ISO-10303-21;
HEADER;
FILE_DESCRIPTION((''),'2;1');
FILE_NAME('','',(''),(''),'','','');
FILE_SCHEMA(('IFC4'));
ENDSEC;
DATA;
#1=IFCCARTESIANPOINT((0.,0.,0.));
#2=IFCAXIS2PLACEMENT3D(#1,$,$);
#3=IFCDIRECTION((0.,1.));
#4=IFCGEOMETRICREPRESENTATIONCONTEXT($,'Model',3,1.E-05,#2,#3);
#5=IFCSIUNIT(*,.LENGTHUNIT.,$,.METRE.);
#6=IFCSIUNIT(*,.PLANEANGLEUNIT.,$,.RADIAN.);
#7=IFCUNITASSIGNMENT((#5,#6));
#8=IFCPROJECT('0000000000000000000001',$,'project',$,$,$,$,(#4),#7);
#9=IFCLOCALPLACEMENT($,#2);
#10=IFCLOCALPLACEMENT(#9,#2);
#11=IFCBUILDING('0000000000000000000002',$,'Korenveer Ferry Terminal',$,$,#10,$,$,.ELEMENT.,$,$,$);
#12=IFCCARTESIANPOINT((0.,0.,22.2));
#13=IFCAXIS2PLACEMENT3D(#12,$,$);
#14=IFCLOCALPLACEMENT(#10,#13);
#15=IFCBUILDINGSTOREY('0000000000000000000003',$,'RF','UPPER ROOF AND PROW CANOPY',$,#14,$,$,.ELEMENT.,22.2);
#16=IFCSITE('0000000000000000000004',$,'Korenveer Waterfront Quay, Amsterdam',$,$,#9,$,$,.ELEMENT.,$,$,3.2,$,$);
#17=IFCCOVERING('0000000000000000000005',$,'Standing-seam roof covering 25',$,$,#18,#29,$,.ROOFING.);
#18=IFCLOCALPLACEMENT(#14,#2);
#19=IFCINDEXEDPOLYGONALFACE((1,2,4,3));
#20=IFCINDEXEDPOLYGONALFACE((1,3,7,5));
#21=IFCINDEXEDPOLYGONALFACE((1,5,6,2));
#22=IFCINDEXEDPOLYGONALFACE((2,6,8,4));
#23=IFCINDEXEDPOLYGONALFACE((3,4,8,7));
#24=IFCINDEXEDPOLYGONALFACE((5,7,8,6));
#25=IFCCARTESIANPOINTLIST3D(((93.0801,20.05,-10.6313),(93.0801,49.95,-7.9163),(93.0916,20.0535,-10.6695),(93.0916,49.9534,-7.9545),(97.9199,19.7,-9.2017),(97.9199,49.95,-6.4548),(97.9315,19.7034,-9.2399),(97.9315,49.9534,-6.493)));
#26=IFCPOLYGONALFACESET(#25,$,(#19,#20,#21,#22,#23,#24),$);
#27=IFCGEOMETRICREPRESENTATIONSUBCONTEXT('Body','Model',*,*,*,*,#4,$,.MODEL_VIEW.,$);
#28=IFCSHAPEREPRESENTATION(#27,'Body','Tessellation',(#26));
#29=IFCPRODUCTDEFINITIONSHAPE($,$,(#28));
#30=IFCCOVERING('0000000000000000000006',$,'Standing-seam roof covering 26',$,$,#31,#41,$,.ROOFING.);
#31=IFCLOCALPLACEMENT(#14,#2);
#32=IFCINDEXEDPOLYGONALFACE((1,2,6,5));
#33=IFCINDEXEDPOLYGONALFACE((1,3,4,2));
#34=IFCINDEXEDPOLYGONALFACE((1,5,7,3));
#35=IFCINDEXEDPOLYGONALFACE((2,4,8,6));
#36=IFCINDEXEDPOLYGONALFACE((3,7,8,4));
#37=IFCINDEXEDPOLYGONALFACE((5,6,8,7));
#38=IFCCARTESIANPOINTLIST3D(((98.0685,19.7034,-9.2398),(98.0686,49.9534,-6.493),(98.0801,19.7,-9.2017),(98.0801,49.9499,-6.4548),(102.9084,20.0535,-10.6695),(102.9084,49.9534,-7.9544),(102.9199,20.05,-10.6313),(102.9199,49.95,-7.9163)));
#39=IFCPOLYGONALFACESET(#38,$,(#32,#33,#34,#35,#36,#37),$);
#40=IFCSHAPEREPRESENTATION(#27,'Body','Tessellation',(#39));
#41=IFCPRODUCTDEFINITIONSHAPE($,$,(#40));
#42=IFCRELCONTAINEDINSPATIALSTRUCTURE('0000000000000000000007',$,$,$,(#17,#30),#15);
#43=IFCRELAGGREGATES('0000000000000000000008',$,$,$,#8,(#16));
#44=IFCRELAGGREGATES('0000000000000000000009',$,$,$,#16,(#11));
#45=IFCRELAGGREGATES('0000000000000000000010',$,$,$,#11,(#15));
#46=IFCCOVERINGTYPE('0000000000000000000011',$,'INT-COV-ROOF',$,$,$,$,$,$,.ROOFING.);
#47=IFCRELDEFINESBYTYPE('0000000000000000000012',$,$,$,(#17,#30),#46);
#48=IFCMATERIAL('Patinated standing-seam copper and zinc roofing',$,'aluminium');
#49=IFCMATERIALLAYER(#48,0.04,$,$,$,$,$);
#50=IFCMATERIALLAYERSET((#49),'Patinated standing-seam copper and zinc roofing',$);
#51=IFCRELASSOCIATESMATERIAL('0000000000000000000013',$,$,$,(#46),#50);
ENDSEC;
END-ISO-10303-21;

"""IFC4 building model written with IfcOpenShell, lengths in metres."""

from ifc_helpers import new_model, si_unit, direction, frame, origin, place, context, subcontext, project, spatial, polyline, outline, extrude, material, layer, layer_set, type_object, element, save


model = new_model("IFC4")

# Units and contexts
model_context = context("Model", 3, precision=1e-05, world=origin(), true_north=direction((0.0, 1.0)))
body_context = subcontext(model_context, "Body", "Model", "MODEL_VIEW")
ifc_project = project(units=[si_unit("LENGTHUNIT", "METRE"), si_unit("PLANEANGLEUNIT", "RADIAN")], contexts=[model_context])

# Site, building, storey
site_placement = place(None, origin())
site = spatial("IfcSite", under=ifc_project, at=site_placement, Name="Korenveer Waterfront Quay, Amsterdam", CompositionType="ELEMENT", RefElevation=3.2)
building_placement = place(site_placement, origin())
building = spatial("IfcBuilding", under=site, at=building_placement, Name="Korenveer Ferry Terminal", CompositionType="ELEMENT")
storey_placement = place(building_placement, frame((0.0, 0.0, 22.2)))
storey = spatial("IfcBuildingStorey", under=building, at=storey_placement, Name="RF", Description="UPPER ROOF AND PROW CANOPY", CompositionType="ELEMENT", Elevation=22.2)

# Coverings
ifc_material_1 = material(Name="Patinated standing-seam copper and zinc roofing", Category="aluminium")
ifc_layer_1 = layer(ifc_material_1, 0.04)
ifc_layer_set_1 = layer_set([ifc_layer_1], Name="Patinated standing-seam copper and zinc roofing")
covering_type_1 = type_object("IfcCoveringType", Name="INT-COV-ROOF", PredefinedType="ROOFING", material=ifc_layer_set_1)
covering_1_placement = place(storey_placement, frame((93.0801, 20.05, -10.6313), z_axis=(-0.287985, -0.086602, 0.953711), x_axis=(0.956734, -0.069206, 0.282614)))
element("IfcCovering", 1, at=covering_1_placement, inside=storey, type_object=covering_type_1, Name="Standing-seam roof covering 25", PredefinedType="ROOFING", context=body_context, shape_type="SweptSolid", body=[
    extrude(outline(polyline([(0.0, 0.0), (5.0587, 0.0), (3.7415, 30.3459), (-1.3019, 29.9947), (0.0, 0.0)])), origin(), (0.0, 0.0, -1.0), 0.04),
])
covering_2_placement = place(storey_placement, frame((98.0801, 19.7, -9.2017), z_axis=(0.287985, -0.086602, 0.953711), x_axis=(0.956734, 0.069206, -0.282614)))
element("IfcCovering", 2, at=covering_2_placement, inside=storey, type_object=covering_type_1, Name="Standing-seam roof covering 26", PredefinedType="ROOFING", context=body_context, shape_type="SweptSolid", body=[
    extrude(outline(polyline([(0.0, 0.0), (5.0587, 0.0), (6.3607, 29.9947), (1.3172, 30.3459), (0.0, 0.0)])), origin(), (0.0, 0.0, -1.0), 0.04),
])

save(model, "model.ifc")
